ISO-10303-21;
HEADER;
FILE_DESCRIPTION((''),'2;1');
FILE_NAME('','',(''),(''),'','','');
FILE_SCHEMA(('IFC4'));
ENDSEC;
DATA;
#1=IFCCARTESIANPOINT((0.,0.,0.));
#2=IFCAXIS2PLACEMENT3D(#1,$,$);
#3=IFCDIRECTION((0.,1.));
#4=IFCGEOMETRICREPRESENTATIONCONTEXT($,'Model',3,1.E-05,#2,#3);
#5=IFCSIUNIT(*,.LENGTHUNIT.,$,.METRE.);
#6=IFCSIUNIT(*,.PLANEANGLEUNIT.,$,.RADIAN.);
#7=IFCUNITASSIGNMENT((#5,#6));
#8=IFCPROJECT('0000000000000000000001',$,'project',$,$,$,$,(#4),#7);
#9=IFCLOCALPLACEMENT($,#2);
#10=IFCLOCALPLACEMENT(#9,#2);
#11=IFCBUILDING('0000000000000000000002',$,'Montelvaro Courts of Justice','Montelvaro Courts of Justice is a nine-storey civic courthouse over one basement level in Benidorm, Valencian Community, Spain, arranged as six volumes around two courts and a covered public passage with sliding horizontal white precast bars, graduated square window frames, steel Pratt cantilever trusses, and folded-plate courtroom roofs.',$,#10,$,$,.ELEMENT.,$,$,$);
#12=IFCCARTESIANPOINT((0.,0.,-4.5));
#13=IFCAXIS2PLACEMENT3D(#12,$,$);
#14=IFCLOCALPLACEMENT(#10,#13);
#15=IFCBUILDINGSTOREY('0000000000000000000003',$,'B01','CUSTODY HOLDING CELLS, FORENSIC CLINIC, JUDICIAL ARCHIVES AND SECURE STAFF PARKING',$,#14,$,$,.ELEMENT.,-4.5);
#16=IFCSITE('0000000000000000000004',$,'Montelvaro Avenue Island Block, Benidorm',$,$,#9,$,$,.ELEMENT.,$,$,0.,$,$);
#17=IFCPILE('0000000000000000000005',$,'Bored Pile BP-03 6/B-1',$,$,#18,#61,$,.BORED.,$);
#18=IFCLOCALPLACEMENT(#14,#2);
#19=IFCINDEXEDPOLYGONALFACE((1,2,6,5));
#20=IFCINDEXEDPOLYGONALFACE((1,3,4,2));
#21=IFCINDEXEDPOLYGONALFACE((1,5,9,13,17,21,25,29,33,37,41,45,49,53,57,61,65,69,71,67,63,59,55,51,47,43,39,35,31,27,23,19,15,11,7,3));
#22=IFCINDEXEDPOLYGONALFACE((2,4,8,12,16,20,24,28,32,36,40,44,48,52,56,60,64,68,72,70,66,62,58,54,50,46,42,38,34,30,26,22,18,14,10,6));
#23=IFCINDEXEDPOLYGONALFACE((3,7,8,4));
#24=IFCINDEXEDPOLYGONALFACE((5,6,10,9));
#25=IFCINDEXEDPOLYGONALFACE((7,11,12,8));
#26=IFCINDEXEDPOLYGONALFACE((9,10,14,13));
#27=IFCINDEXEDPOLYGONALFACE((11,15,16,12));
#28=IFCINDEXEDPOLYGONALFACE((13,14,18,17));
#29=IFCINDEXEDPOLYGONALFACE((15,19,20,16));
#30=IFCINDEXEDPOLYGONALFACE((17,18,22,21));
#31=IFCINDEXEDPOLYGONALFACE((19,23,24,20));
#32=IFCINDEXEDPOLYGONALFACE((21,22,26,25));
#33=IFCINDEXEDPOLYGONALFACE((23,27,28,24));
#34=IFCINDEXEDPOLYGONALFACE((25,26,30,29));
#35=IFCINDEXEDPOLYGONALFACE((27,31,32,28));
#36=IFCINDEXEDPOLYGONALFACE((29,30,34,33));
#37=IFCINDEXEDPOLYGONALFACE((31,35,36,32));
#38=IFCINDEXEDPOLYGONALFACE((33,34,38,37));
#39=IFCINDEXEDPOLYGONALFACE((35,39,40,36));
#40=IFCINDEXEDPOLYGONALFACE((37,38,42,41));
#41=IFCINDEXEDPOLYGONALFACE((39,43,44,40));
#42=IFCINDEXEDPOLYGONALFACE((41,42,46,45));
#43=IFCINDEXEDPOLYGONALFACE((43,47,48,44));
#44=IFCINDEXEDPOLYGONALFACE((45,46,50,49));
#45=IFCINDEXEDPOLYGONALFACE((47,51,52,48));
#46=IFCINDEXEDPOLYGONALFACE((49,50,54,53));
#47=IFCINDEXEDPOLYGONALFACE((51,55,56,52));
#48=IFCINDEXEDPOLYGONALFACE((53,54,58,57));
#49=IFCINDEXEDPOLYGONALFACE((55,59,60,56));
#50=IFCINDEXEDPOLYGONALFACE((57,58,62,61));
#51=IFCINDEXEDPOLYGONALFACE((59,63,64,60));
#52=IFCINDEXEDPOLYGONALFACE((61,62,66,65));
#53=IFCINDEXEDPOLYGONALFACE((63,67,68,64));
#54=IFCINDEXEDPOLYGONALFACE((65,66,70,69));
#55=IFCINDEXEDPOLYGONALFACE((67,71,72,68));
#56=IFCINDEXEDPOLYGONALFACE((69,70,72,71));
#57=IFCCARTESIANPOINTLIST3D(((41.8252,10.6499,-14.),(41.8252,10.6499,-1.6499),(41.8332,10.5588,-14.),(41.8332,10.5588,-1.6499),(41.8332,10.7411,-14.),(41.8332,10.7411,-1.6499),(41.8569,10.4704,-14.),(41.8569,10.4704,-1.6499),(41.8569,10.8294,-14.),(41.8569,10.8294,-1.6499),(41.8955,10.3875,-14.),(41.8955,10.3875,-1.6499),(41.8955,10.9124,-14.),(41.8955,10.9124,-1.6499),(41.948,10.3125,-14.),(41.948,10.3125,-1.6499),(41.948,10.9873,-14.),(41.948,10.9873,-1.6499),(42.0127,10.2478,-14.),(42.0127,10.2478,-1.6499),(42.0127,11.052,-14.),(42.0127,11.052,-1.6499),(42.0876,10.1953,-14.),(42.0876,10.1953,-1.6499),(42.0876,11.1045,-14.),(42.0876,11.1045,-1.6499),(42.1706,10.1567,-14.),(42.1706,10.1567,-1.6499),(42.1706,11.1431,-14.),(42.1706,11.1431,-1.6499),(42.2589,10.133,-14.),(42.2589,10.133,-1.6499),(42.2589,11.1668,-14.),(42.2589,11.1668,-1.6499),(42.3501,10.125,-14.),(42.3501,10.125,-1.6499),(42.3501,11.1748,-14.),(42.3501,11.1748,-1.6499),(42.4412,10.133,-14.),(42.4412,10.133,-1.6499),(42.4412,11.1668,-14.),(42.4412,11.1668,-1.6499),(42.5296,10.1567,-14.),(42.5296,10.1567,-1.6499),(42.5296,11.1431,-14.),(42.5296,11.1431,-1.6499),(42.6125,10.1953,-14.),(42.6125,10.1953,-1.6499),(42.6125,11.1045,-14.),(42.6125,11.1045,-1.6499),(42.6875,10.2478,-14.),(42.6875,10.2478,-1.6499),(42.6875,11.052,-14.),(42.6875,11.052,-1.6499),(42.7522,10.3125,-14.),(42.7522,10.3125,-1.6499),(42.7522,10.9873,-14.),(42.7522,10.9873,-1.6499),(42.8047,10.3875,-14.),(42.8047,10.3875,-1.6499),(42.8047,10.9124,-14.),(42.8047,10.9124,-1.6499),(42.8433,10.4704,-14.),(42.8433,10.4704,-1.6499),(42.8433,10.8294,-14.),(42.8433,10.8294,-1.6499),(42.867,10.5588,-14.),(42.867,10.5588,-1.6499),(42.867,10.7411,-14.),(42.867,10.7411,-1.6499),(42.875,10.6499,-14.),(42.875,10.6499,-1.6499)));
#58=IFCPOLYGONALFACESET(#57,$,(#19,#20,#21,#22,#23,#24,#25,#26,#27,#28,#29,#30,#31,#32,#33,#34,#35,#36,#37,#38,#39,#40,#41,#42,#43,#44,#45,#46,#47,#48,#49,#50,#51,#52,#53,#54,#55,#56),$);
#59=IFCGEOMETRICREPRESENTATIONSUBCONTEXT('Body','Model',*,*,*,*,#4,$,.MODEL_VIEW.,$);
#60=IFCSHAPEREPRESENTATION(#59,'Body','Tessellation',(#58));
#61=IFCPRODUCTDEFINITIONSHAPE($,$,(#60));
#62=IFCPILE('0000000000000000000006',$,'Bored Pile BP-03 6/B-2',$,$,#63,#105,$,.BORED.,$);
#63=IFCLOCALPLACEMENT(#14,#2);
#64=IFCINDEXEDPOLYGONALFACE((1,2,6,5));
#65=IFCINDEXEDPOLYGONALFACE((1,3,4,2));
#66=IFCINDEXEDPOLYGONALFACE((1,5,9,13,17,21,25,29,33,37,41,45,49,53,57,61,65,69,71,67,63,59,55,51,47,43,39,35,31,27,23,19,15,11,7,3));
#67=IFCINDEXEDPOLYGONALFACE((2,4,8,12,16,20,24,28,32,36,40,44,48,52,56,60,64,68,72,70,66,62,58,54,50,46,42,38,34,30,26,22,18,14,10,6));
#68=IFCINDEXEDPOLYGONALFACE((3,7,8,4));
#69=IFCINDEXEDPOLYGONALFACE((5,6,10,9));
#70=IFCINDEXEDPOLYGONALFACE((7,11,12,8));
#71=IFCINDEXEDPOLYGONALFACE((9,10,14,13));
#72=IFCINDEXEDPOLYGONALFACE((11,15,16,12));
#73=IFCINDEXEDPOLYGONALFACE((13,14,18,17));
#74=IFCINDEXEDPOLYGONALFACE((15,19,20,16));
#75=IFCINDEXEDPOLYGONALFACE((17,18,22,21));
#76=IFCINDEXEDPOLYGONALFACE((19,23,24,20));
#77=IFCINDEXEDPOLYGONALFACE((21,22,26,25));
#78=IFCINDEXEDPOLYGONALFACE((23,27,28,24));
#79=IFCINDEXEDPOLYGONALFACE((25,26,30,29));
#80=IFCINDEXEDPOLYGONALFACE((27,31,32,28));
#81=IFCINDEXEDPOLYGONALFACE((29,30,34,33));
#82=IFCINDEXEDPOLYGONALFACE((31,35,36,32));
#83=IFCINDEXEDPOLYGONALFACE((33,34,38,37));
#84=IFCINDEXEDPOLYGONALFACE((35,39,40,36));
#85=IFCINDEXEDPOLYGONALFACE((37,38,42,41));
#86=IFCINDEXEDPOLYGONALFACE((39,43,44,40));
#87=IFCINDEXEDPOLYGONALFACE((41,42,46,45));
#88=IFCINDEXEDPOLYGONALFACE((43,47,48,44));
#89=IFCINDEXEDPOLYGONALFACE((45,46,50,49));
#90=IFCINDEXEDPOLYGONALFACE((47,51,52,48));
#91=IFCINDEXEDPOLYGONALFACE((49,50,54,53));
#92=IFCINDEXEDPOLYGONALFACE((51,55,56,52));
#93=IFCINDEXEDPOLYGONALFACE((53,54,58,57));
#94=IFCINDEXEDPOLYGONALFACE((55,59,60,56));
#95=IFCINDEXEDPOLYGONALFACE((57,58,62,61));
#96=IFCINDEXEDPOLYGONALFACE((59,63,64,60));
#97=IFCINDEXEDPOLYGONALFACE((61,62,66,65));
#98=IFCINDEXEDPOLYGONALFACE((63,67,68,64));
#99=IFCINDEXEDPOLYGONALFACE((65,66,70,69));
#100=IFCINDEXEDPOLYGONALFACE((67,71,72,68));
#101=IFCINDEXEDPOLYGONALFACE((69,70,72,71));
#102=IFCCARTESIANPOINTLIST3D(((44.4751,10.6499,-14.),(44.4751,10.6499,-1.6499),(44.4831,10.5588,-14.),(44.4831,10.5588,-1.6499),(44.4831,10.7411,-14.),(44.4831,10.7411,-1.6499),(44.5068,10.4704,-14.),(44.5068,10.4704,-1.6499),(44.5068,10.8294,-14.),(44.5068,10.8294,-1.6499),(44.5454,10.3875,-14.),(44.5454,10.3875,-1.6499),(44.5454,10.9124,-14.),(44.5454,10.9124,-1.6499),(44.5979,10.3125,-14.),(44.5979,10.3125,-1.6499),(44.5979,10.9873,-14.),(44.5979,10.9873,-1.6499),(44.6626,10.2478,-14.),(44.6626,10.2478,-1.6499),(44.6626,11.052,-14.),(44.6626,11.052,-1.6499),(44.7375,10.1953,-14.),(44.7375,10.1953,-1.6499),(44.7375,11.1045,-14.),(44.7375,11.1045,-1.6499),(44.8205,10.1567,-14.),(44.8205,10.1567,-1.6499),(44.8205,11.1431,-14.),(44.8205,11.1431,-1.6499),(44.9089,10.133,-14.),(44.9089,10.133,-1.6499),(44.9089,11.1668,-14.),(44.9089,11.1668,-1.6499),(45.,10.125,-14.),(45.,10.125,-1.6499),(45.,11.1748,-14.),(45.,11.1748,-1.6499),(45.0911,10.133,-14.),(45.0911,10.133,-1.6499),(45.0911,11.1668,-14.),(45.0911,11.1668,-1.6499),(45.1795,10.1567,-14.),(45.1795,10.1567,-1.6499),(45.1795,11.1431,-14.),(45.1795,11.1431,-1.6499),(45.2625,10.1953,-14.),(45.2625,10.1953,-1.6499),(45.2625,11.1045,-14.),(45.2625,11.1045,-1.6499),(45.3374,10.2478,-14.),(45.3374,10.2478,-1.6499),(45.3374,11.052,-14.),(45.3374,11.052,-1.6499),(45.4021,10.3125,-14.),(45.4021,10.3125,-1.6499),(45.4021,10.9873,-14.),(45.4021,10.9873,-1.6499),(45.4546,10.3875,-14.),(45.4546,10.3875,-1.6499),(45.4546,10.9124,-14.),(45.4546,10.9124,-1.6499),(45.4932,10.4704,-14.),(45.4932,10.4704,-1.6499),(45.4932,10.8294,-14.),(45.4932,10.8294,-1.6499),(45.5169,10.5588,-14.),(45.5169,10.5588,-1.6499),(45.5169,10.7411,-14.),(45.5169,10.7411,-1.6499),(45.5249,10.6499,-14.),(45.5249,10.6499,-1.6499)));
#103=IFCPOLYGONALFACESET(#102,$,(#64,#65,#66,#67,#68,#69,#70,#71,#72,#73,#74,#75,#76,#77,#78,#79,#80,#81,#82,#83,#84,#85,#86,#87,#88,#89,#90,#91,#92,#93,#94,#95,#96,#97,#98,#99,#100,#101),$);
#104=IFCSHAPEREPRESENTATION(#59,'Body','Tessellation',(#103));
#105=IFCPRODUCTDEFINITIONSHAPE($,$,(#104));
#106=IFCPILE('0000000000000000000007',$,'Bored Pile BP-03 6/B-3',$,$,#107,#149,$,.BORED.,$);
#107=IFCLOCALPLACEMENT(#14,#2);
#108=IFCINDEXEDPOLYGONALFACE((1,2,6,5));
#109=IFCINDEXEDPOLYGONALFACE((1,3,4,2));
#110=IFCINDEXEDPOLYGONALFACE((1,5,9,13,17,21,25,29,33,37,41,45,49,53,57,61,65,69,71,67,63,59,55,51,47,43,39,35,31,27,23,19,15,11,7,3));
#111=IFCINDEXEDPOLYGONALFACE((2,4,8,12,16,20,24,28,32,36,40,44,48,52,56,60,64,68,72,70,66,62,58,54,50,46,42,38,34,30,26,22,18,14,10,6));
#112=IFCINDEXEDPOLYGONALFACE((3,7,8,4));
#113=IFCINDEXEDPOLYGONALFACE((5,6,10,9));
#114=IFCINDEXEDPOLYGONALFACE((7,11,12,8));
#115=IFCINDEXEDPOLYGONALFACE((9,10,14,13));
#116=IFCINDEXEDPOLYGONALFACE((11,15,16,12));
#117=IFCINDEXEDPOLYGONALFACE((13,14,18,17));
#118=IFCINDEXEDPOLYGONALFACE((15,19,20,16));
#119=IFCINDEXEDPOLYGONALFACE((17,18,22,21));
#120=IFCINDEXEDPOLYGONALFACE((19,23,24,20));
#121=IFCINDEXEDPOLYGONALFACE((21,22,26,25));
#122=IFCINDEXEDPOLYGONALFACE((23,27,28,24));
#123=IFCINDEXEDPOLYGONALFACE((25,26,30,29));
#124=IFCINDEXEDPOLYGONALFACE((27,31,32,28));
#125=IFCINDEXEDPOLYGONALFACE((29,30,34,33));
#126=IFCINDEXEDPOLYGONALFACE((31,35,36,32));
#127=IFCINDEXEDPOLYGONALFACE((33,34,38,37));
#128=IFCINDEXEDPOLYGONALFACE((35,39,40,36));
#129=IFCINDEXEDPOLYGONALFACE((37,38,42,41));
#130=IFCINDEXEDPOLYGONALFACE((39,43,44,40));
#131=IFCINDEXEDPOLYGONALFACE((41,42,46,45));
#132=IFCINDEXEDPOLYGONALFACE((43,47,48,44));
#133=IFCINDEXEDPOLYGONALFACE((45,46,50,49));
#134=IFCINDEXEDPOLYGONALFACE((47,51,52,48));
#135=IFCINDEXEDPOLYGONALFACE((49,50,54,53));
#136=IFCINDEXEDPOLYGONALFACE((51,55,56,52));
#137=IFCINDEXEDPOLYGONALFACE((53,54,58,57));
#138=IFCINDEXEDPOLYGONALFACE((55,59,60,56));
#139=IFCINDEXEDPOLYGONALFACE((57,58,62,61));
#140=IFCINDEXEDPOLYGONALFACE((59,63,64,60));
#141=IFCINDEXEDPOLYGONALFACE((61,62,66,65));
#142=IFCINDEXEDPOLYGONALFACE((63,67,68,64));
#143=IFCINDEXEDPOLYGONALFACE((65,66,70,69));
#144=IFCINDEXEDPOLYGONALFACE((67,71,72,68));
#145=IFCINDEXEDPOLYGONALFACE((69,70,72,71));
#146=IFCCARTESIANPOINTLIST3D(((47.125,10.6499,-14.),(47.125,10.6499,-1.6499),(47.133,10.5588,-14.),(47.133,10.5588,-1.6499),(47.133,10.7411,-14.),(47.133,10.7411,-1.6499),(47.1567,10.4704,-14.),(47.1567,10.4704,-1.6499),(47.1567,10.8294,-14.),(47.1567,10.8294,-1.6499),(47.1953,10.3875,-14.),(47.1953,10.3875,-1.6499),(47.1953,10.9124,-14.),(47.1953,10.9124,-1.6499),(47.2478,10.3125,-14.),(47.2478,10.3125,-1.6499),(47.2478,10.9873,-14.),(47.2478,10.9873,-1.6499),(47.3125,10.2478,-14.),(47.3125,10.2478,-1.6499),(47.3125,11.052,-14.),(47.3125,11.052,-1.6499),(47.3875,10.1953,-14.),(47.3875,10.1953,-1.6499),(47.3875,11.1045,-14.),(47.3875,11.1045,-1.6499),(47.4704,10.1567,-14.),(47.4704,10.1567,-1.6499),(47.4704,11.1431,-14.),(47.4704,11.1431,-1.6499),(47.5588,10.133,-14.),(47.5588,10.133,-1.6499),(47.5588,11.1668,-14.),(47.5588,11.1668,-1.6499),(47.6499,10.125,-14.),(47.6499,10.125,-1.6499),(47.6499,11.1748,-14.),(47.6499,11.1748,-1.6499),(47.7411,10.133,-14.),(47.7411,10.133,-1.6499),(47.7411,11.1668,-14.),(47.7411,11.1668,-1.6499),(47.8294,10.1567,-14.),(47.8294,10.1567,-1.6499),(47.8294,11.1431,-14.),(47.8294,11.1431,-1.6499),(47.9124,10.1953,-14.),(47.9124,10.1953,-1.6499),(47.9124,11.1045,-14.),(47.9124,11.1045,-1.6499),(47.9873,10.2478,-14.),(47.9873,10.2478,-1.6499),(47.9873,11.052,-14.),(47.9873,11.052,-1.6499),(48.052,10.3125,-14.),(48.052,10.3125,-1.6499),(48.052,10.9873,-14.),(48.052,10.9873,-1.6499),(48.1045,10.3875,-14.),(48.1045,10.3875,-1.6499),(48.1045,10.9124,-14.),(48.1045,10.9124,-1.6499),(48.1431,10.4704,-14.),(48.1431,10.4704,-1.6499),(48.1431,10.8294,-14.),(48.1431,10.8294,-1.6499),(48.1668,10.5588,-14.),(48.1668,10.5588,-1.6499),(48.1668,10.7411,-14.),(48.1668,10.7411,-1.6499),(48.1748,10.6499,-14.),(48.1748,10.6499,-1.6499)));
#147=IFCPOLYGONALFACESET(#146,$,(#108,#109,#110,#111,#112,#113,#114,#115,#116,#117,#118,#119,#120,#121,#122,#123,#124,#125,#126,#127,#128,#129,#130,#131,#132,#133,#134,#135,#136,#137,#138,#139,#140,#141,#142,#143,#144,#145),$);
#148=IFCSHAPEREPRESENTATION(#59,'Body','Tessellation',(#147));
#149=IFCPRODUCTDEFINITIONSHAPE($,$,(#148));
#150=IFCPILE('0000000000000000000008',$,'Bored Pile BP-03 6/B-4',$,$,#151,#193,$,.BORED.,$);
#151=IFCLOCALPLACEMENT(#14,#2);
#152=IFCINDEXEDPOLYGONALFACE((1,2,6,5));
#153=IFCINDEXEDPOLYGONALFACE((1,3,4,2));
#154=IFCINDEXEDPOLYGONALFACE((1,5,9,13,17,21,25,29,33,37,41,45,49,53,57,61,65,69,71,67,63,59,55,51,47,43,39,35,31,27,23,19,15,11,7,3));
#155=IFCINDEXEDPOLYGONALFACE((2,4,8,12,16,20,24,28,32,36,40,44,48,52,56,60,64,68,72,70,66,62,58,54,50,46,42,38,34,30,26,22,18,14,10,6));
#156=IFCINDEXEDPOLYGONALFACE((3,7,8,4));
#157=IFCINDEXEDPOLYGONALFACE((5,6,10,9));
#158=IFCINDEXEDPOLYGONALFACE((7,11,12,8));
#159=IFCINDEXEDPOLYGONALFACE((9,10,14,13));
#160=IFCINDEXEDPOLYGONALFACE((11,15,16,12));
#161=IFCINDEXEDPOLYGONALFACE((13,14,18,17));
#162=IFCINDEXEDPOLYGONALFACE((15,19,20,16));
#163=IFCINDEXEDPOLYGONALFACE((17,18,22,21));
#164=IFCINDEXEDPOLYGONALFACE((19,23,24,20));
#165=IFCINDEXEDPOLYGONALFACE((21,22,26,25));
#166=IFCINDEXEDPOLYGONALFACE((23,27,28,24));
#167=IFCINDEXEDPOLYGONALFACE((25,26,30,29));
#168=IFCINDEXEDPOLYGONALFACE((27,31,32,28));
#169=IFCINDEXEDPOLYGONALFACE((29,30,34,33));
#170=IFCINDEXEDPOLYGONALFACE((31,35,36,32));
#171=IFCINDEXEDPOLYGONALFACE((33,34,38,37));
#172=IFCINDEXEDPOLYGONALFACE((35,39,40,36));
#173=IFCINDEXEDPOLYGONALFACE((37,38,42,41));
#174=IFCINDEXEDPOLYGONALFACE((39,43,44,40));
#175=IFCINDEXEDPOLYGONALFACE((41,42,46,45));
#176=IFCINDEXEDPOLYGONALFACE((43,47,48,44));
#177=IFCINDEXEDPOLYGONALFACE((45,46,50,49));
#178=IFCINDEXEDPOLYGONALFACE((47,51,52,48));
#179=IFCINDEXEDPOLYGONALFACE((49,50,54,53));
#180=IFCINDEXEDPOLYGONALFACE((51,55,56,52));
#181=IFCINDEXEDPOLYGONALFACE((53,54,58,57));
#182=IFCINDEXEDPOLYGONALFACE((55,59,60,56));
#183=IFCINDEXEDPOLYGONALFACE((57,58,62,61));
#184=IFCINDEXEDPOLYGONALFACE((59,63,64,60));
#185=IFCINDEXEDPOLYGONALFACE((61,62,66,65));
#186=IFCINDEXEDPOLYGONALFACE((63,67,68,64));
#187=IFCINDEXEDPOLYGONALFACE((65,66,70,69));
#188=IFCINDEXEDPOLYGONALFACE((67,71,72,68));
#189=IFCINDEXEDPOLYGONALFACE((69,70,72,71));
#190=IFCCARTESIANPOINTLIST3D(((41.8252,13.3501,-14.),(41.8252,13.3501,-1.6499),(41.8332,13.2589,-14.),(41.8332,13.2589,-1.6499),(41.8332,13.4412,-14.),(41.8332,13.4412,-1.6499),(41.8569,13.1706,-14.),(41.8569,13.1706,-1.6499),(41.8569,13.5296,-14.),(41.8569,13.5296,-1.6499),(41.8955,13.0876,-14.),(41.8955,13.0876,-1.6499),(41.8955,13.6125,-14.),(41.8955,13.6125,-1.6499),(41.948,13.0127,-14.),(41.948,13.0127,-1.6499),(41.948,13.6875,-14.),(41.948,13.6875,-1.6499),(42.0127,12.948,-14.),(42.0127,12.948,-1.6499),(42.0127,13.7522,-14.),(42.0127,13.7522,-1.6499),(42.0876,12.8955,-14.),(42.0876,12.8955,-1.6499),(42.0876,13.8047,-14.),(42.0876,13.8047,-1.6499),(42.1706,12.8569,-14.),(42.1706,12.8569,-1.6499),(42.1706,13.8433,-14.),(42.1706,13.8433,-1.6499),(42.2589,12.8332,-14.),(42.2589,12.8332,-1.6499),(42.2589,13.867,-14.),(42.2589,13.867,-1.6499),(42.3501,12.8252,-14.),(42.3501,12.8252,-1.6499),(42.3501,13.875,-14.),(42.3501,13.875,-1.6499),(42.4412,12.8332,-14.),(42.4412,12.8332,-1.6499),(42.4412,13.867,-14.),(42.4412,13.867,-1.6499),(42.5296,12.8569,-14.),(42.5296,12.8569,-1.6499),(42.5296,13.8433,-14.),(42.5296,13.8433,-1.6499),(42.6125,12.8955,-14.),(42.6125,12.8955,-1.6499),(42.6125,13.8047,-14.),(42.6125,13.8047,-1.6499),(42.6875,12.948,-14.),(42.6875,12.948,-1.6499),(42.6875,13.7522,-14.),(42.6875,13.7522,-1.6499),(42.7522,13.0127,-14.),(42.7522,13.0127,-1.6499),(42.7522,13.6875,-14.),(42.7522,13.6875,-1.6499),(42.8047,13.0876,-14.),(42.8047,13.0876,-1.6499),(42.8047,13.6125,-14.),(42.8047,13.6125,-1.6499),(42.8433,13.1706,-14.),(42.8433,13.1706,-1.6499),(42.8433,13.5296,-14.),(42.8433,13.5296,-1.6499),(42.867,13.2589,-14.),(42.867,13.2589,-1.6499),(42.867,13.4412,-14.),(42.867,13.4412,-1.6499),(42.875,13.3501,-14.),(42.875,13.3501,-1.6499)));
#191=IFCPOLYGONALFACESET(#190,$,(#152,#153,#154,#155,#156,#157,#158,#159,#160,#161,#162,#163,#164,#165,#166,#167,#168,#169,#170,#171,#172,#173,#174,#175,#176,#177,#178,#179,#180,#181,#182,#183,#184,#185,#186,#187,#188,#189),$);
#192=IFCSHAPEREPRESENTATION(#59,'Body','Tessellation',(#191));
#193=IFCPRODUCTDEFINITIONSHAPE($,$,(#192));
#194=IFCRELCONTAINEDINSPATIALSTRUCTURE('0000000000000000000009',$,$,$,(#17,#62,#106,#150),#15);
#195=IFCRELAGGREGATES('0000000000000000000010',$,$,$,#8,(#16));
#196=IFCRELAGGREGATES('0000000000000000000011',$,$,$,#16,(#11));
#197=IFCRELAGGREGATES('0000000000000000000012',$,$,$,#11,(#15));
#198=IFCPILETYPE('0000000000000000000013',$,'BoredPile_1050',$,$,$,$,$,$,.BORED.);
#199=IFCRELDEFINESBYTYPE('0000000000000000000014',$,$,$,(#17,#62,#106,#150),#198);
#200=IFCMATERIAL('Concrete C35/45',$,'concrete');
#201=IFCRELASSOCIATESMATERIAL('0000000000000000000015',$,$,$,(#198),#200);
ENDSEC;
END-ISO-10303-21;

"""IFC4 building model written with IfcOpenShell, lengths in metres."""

from ifc_helpers import new_model, si_unit, direction, frame, origin, origin_2d, place, context, subcontext, project, spatial, circle, extrude, material, material_profile, profile_set, type_object, element, save


model = new_model("IFC4")

# Units and contexts
model_context = context("Model", 3, precision=1e-05, world=origin(), true_north=direction((0.0, 1.0)))
body_context = subcontext(model_context, "Body", "Model", "MODEL_VIEW")
ifc_project = project(units=[si_unit("LENGTHUNIT", "METRE"), si_unit("PLANEANGLEUNIT", "RADIAN")], contexts=[model_context])

# Site, building, storey
site_placement = place(None, origin())
site = spatial("IfcSite", under=ifc_project, at=site_placement, Name="Montelvaro Avenue Island Block, Benidorm", CompositionType="ELEMENT", RefElevation=0.0)
building_placement = place(site_placement, origin())
building = spatial("IfcBuilding", under=site, at=building_placement, Name="Montelvaro Courts of Justice", Description="Montelvaro Courts of Justice is a nine-storey civic courthouse over one basement level in Benidorm, Valencian Community, Spain, arranged as six volumes around two courts and a covered public passage with sliding horizontal white precast bars, graduated square window frames, steel Pratt cantilever trusses, and folded-plate courtroom roofs.", CompositionType="ELEMENT")
storey_placement = place(building_placement, frame((0.0, 0.0, -4.5)))
storey = spatial("IfcBuildingStorey", under=building, at=storey_placement, Name="B01", Description="CUSTODY HOLDING CELLS, FORENSIC CLINIC, JUDICIAL ARCHIVES AND SECURE STAFF PARKING", CompositionType="ELEMENT", Elevation=-4.5)

# Piles
ifc_material_1 = material(Name="Concrete C35/45", Category="concrete")
ifc_material_profile_1 = material_profile(ifc_material_1, circle(Radius=0.5249, at=origin_2d()), Name="BORED PILE D1050")
ifc_profile_set_1 = profile_set([ifc_material_profile_1], Name="Concrete C35/45")
pile_type_1 = type_object("IfcPileType", Name="BoredPile_1050", PredefinedType="BORED", material=ifc_profile_set_1)
for number, where, z_axis, x_axis, name in (
    (1, (42.3501, 10.6499, -1.6499), (0.0, 0.0, -1.0), (1.0, 0.0, 0.0), "Bored Pile BP-03 6/B-1"),
    (2, (45.0, 10.6499, -1.6499), (0.0, 0.0, -1.0), (1.0, 0.0, 0.0), "Bored Pile BP-03 6/B-2"),
    (3, (47.6499, 10.6499, -1.6499), (0.0, 0.0, -1.0), (1.0, 0.0, 0.0), "Bored Pile BP-03 6/B-3"),
    (4, (42.3501, 13.3501, -1.6499), (0.0, 0.0, -1.0), (1.0, 0.0, 0.0), "Bored Pile BP-03 6/B-4"),
):
    element("IfcPile", number, at=place(storey_placement, frame(where, z_axis=z_axis, x_axis=x_axis)), inside=storey, type_object=pile_type_1, Name=name, PredefinedType="BORED", context=body_context, shape_type="SweptSolid", body=[
        extrude(circle(Radius=0.5249, at=origin_2d()), origin(), (0.0, 0.0, 1.0), 12.3501),
    ])

save(model, "model.ifc")
